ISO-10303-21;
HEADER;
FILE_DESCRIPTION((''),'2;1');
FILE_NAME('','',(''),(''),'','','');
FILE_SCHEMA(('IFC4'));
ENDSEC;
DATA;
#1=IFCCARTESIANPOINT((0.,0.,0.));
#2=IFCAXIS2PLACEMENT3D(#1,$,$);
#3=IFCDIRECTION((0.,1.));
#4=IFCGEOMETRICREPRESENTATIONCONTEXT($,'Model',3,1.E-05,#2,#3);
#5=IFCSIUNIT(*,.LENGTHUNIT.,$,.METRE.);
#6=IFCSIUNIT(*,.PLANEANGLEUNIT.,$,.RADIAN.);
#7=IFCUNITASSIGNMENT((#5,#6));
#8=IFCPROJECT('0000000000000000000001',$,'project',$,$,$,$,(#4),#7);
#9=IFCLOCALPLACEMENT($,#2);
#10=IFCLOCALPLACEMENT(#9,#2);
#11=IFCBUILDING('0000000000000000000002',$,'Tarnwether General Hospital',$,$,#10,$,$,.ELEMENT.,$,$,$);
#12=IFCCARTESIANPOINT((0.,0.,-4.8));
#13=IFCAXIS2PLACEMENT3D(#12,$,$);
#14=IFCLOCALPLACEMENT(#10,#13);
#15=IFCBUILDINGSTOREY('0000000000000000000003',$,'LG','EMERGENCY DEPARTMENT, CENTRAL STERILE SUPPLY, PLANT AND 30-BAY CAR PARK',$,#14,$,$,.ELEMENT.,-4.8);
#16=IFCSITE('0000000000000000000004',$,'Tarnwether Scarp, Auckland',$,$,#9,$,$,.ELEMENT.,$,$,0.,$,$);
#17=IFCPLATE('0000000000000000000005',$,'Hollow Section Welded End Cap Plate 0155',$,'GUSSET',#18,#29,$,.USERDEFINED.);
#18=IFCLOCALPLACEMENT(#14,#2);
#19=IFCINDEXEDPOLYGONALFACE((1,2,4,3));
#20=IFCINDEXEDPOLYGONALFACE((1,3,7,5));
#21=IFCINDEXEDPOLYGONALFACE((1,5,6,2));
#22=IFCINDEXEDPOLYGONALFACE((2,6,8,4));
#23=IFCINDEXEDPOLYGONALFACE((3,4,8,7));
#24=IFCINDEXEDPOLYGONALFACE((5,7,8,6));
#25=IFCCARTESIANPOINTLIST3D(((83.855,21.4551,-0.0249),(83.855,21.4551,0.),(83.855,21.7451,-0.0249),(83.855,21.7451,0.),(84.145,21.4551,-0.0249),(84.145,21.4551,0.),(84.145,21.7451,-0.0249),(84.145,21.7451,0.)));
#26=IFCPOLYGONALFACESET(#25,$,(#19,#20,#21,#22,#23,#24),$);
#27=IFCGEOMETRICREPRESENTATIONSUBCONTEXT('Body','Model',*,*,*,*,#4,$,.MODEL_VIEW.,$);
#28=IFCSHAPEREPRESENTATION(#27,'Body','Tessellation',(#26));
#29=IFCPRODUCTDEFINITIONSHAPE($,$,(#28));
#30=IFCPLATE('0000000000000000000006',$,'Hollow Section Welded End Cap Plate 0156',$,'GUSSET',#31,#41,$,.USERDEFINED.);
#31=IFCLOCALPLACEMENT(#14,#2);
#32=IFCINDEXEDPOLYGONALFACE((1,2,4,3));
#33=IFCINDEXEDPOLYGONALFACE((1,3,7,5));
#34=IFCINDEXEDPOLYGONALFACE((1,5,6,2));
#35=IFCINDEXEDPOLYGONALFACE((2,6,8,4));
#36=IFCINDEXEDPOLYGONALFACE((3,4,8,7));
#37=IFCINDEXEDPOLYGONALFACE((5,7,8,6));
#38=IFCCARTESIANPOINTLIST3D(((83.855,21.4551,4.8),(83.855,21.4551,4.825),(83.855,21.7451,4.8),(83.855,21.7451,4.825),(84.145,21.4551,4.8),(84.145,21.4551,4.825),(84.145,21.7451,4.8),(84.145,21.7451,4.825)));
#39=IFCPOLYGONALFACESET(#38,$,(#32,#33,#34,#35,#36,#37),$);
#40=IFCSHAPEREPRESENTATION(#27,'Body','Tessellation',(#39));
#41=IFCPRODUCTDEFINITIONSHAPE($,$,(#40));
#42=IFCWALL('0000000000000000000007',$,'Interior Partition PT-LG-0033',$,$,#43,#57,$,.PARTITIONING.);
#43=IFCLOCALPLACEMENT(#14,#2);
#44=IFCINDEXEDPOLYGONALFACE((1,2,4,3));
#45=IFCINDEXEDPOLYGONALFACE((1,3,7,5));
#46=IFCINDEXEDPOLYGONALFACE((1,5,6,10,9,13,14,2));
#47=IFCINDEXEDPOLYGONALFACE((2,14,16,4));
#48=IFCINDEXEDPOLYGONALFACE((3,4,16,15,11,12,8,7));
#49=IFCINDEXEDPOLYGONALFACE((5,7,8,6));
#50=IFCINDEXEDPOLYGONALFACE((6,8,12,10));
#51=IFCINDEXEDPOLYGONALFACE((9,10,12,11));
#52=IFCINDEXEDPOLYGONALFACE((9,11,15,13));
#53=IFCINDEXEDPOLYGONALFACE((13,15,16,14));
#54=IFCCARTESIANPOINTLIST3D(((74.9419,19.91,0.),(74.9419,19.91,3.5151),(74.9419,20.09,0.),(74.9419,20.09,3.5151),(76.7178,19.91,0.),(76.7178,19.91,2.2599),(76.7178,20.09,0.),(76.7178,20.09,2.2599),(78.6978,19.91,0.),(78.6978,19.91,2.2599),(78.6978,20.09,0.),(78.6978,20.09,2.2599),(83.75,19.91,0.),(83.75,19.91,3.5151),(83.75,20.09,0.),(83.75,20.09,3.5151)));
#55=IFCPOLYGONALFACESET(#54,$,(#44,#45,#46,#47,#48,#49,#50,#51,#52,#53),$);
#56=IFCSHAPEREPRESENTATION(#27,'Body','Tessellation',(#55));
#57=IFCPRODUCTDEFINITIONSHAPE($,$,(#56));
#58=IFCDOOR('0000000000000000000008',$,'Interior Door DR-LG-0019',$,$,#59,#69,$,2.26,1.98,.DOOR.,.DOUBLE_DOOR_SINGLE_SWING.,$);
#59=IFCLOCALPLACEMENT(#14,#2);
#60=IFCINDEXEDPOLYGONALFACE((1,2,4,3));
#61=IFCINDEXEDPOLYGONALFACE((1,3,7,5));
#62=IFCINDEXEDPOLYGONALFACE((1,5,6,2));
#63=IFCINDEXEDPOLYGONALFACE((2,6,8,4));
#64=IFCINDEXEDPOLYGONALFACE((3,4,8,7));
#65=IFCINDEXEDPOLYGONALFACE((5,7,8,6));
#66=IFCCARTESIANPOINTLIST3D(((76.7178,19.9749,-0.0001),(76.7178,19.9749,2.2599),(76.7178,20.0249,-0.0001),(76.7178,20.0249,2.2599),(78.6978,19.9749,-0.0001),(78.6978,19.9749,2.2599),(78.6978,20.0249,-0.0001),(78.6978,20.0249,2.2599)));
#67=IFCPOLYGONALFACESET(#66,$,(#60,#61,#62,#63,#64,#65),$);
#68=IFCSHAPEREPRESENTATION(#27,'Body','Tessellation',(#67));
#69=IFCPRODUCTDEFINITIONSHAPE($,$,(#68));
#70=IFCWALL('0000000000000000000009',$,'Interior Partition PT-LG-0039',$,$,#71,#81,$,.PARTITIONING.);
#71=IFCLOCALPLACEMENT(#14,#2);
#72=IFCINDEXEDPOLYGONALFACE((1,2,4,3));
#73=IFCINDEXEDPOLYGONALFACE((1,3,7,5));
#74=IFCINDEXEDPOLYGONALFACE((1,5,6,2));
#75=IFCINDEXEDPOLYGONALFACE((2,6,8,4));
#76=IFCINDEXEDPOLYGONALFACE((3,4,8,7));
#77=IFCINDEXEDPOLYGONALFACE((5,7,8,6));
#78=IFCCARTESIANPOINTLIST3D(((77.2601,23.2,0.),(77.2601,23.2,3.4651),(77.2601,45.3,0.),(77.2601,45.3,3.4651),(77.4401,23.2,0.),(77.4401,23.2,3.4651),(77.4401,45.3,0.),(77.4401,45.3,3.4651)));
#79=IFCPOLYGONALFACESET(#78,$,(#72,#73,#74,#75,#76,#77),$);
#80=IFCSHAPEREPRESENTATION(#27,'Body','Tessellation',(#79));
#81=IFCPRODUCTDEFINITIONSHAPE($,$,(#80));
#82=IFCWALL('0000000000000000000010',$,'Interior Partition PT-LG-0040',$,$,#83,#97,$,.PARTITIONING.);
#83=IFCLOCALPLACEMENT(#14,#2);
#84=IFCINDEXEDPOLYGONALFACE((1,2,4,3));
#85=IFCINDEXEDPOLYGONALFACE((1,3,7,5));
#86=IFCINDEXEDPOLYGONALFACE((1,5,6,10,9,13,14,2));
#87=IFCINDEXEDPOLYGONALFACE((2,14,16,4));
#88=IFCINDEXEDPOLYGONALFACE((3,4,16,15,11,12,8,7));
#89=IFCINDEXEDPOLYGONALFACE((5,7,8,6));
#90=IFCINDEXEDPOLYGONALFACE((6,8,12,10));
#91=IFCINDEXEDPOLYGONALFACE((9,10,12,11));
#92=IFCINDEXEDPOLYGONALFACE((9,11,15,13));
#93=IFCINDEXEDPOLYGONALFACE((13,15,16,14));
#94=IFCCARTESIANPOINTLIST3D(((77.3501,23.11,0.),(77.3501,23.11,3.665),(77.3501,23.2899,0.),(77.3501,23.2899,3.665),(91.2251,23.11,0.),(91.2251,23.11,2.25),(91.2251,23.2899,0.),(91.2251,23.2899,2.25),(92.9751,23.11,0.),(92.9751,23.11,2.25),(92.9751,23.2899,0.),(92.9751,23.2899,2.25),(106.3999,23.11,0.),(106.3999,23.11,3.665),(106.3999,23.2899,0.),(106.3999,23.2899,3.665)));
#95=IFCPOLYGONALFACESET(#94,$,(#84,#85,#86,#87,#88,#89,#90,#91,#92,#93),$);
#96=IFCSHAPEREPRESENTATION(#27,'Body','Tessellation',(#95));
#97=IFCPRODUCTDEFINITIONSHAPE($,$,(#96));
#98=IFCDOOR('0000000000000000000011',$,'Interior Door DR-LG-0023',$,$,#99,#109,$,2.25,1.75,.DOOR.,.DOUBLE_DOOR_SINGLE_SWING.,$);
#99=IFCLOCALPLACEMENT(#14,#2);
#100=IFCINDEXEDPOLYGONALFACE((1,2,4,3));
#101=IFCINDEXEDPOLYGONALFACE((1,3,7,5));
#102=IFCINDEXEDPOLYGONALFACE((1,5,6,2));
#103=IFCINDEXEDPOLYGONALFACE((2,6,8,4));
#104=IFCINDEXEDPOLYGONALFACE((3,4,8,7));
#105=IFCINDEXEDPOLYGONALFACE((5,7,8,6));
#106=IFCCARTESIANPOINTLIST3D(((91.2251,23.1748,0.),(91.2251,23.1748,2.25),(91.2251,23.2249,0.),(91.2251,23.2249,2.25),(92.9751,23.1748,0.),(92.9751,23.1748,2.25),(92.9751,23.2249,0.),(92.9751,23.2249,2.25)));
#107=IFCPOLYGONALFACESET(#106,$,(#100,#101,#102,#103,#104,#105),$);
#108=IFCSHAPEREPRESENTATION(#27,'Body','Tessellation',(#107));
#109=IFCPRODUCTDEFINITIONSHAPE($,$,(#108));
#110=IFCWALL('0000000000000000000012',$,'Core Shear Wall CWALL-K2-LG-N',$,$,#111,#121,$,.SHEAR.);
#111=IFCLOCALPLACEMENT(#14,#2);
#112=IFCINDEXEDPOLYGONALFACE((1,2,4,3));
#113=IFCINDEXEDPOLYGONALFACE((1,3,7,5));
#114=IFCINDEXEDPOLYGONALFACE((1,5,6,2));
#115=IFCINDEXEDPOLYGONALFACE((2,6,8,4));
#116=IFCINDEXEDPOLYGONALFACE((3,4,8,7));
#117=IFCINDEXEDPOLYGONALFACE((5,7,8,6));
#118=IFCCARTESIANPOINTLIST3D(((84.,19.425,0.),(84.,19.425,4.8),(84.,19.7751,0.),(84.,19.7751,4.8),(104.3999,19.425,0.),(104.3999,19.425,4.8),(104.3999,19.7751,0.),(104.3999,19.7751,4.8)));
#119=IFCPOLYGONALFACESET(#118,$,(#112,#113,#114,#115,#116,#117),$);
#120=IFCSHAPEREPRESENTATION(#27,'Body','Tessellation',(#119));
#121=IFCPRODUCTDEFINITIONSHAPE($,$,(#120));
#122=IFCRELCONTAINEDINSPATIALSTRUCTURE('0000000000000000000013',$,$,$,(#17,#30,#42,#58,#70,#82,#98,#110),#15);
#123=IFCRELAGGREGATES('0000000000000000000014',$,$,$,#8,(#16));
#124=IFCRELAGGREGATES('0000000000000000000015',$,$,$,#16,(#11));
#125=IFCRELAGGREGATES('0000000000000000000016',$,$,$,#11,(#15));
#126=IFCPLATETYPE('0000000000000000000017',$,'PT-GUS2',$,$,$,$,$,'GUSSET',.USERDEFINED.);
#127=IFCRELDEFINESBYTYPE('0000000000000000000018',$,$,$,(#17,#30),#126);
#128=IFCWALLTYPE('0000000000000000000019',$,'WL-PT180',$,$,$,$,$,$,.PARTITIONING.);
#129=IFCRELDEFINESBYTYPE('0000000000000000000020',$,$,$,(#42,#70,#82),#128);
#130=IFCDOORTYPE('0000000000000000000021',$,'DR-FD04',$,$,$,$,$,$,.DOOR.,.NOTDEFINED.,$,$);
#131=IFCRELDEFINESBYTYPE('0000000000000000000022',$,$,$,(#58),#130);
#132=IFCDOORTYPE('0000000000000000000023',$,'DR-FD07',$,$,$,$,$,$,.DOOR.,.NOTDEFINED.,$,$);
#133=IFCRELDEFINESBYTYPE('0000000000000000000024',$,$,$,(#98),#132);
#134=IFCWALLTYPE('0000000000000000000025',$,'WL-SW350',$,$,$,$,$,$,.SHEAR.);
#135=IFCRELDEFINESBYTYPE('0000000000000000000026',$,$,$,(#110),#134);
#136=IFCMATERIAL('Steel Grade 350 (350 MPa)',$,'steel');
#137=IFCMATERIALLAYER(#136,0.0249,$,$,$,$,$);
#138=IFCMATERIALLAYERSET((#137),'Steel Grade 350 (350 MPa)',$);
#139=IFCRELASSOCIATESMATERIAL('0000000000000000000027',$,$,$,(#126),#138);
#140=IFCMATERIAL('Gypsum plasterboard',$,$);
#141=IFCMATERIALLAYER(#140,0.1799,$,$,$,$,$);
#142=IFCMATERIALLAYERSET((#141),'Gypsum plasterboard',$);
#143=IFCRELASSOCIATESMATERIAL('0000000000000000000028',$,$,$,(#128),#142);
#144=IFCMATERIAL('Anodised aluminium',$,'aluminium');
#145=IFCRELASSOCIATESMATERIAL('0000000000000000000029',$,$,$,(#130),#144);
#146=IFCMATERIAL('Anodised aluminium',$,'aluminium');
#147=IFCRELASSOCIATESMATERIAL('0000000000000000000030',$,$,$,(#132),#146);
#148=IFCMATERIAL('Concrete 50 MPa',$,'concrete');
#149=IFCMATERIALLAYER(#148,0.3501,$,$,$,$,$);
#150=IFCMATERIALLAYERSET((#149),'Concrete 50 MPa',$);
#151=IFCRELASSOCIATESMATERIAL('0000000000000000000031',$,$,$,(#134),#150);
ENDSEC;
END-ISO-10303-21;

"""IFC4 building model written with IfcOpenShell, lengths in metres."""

from ifc_helpers import new_model, si_unit, direction, frame, frame_2d, origin, origin_2d, place, context, subcontext, project, spatial, rectangle, extrude, material, layer, layer_set, type_object, element, fill, save


model = new_model("IFC4")

# Units and contexts
model_context = context("Model", 3, precision=1e-05, world=origin(), true_north=direction((0.0, 1.0)))
body_context = subcontext(model_context, "Body", "Model", "MODEL_VIEW")
ifc_project = project(units=[si_unit("LENGTHUNIT", "METRE"), si_unit("PLANEANGLEUNIT", "RADIAN")], contexts=[model_context])

# Site, building, storey
site_placement = place(None, origin())
site = spatial("IfcSite", under=ifc_project, at=site_placement, Name="Tarnwether Scarp, Auckland", CompositionType="ELEMENT", RefElevation=0.0)
building_placement = place(site_placement, origin())
building = spatial("IfcBuilding", under=site, at=building_placement, Name="Tarnwether General Hospital", CompositionType="ELEMENT")
storey_placement = place(building_placement, frame((0.0, 0.0, -4.8)))
storey = spatial("IfcBuildingStorey", under=building, at=storey_placement, Name="LG", Description="EMERGENCY DEPARTMENT, CENTRAL STERILE SUPPLY, PLANT AND 30-BAY CAR PARK", CompositionType="ELEMENT", Elevation=-4.8)

# Plates
ifc_material_1 = material(Name="Steel Grade 350 (350 MPa)", Category="steel")
ifc_layer_1 = layer(ifc_material_1, 0.0249)
ifc_layer_set_1 = layer_set([ifc_layer_1], Name="Steel Grade 350 (350 MPa)")
plate_type = type_object("IfcPlateType", Name="PT-GUS2", ElementType="GUSSET", PredefinedType="USERDEFINED", material=ifc_layer_set_1)
for number, where, z_axis, x_axis, name in (
    (1, (84.0, 21.6001, -0.0249), (0.0, 0.0, 1.0), (1.0, 0.0, 0.0), "Hollow Section Welded End Cap Plate 0155"),
    (2, (84.0, 21.6001, 4.8), (0.0, 0.0, 1.0), (1.0, 0.0, 0.0), "Hollow Section Welded End Cap Plate 0156"),
):
    element("IfcPlate", number, at=place(storey_placement, frame(where, z_axis=z_axis, x_axis=x_axis)), inside=storey, type_object=plate_type, Name=name, ObjectType="GUSSET", PredefinedType="USERDEFINED", context=body_context, shape_type="SweptSolid", body=[
        extrude(rectangle(XDim=0.29, YDim=0.29, at=origin_2d()), origin(), (0.0, 0.0, 1.0), 0.0249),
    ])

# Wall, opening, door
ifc_material_2 = material(Name="Gypsum plasterboard")
ifc_layer_2 = layer(ifc_material_2, 0.1799)
ifc_layer_set_2 = layer_set([ifc_layer_2], Name="Gypsum plasterboard")
wall_type_1 = type_object("IfcWallType", Name="WL-PT180", PredefinedType="PARTITIONING", material=ifc_layer_set_2)
wall_1_placement = place(storey_placement, frame((74.9419, 20.0, 0.0), z_axis=(0.0, 0.0, 1.0), x_axis=(1.0, 0.0, 0.0)))
wall_1 = element("IfcWall", 3, at=wall_1_placement, inside=storey, type_object=wall_type_1, Name="Interior Partition PT-LG-0033", PredefinedType="PARTITIONING", context=body_context, shape_type="SweptSolid", body=[
    extrude(rectangle(XDim=8.8081, YDim=0.1799, at=frame_2d((4.4041, 0.0))), origin(), (0.0, 0.0, 1.0), 3.5151),
])
opening_1_placement = place(wall_1_placement, frame((1.7759, 0.0, 0.0)))
opening_1 = element("IfcOpeningElement", 4, at=opening_1_placement, cuts=wall_1, PredefinedType="OPENING", context=body_context, shape_type="SweptSolid", body=[
    extrude(rectangle(XDim=1.98, YDim=2.26, at=frame_2d((0.99, 1.1299))), frame((0.0, 0.1001, 0.0), z_axis=(0.0, -1.0, 0.0), x_axis=(1.0, 0.0, 0.0)), (0.0, 0.0, 1.0), 0.2),
])
ifc_material_3 = material(Name="Anodised aluminium", Category="aluminium")
door_type_1 = type_object("IfcDoorType", Name="DR-FD04", OperationType="NOTDEFINED", PredefinedType="DOOR", material=ifc_material_3)
door_1_placement = place(opening_1_placement, origin())
door_1 = element("IfcDoor", 5, at=door_1_placement, inside=storey, type_object=door_type_1, Name="Interior Door DR-LG-0019", OperationType="DOUBLE_DOOR_SINGLE_SWING", OverallHeight=2.26, OverallWidth=1.98, PredefinedType="DOOR", context=body_context, shape_type="SweptSolid", body=[
    extrude(rectangle(XDim=1.98, YDim=2.26, at=frame_2d((0.99, 1.1299))), frame((0.0, 0.0249, 0.0), z_axis=(0.0, -1.0, 0.0), x_axis=(1.0, 0.0, 0.0)), (0.0, 0.0, 1.0), 0.05),
])
fill(opening_1, door_1)

# Wall
wall_2_placement = place(storey_placement, frame((77.3501, 23.2, 0.0), z_axis=(0.0, 0.0, 1.0), x_axis=(0.0, 1.0, 0.0)))
element("IfcWall", 6, at=wall_2_placement, inside=storey, type_object=wall_type_1, Name="Interior Partition PT-LG-0039", PredefinedType="PARTITIONING", context=body_context, shape_type="SweptSolid", body=[
    extrude(rectangle(XDim=22.1001, YDim=0.1799, at=frame_2d((11.05, 0.0))), origin(), (0.0, 0.0, 1.0), 3.4651),
])

# Wall, opening, door
wall_3_placement = place(storey_placement, frame((77.3501, 23.2, 0.0), z_axis=(0.0, 0.0, 1.0), x_axis=(1.0, 0.0, 0.0)))
wall_3 = element("IfcWall", 7, at=wall_3_placement, inside=storey, type_object=wall_type_1, Name="Interior Partition PT-LG-0040", PredefinedType="PARTITIONING", context=body_context, shape_type="SweptSolid", body=[
    extrude(rectangle(XDim=29.0498, YDim=0.1799, at=frame_2d((14.5249, 0.0))), origin(), (0.0, 0.0, 1.0), 3.665),
])
opening_2_placement = place(wall_3_placement, frame((13.875, 0.0, 0.0)))
opening_2 = element("IfcOpeningElement", 8, at=opening_2_placement, cuts=wall_3, PredefinedType="OPENING", context=body_context, shape_type="SweptSolid", body=[
    extrude(rectangle(XDim=1.75, YDim=2.25, at=frame_2d((0.875, 1.125))), frame((0.0, 0.1001, 0.0), z_axis=(0.0, -1.0, 0.0), x_axis=(1.0, 0.0, 0.0)), (0.0, 0.0, 1.0), 0.2),
])
ifc_material_4 = material(Name="Anodised aluminium", Category="aluminium")
door_type_2 = type_object("IfcDoorType", Name="DR-FD07", OperationType="NOTDEFINED", PredefinedType="DOOR", material=ifc_material_4)
door_2_placement = place(opening_2_placement, origin())
door_2 = element("IfcDoor", 9, at=door_2_placement, inside=storey, type_object=door_type_2, Name="Interior Door DR-LG-0023", OperationType="DOUBLE_DOOR_SINGLE_SWING", OverallHeight=2.25, OverallWidth=1.75, PredefinedType="DOOR", context=body_context, shape_type="SweptSolid", body=[
    extrude(rectangle(XDim=1.75, YDim=2.25, at=frame_2d((0.875, 1.125))), frame((0.0, 0.0249, 0.0), z_axis=(0.0, -1.0, 0.0), x_axis=(1.0, 0.0, 0.0)), (0.0, 0.0, 1.0), 0.05),
])
fill(opening_2, door_2)

# Wall
ifc_material_5 = material(Name="Concrete 50 MPa", Category="concrete")
ifc_layer_3 = layer(ifc_material_5, 0.3501)
ifc_layer_set_3 = layer_set([ifc_layer_3], Name="Concrete 50 MPa")
wall_type_2 = type_object("IfcWallType", Name="WL-SW350", PredefinedType="SHEAR", material=ifc_layer_set_3)
wall_4_placement = place(storey_placement, frame((84.0, 19.6001, 0.0), z_axis=(0.0, 0.0, 1.0), x_axis=(1.0, 0.0, 0.0)))
element("IfcWall", 10, at=wall_4_placement, inside=storey, type_object=wall_type_2, Name="Core Shear Wall CWALL-K2-LG-N", PredefinedType="SHEAR", context=body_context, shape_type="SweptSolid", body=[
    extrude(rectangle(XDim=20.3999, YDim=0.3501, at=frame_2d((10.2, 0.0))), origin(), (0.0, 0.0, 1.0), 4.8),
])

save(model, "model.ifc")
